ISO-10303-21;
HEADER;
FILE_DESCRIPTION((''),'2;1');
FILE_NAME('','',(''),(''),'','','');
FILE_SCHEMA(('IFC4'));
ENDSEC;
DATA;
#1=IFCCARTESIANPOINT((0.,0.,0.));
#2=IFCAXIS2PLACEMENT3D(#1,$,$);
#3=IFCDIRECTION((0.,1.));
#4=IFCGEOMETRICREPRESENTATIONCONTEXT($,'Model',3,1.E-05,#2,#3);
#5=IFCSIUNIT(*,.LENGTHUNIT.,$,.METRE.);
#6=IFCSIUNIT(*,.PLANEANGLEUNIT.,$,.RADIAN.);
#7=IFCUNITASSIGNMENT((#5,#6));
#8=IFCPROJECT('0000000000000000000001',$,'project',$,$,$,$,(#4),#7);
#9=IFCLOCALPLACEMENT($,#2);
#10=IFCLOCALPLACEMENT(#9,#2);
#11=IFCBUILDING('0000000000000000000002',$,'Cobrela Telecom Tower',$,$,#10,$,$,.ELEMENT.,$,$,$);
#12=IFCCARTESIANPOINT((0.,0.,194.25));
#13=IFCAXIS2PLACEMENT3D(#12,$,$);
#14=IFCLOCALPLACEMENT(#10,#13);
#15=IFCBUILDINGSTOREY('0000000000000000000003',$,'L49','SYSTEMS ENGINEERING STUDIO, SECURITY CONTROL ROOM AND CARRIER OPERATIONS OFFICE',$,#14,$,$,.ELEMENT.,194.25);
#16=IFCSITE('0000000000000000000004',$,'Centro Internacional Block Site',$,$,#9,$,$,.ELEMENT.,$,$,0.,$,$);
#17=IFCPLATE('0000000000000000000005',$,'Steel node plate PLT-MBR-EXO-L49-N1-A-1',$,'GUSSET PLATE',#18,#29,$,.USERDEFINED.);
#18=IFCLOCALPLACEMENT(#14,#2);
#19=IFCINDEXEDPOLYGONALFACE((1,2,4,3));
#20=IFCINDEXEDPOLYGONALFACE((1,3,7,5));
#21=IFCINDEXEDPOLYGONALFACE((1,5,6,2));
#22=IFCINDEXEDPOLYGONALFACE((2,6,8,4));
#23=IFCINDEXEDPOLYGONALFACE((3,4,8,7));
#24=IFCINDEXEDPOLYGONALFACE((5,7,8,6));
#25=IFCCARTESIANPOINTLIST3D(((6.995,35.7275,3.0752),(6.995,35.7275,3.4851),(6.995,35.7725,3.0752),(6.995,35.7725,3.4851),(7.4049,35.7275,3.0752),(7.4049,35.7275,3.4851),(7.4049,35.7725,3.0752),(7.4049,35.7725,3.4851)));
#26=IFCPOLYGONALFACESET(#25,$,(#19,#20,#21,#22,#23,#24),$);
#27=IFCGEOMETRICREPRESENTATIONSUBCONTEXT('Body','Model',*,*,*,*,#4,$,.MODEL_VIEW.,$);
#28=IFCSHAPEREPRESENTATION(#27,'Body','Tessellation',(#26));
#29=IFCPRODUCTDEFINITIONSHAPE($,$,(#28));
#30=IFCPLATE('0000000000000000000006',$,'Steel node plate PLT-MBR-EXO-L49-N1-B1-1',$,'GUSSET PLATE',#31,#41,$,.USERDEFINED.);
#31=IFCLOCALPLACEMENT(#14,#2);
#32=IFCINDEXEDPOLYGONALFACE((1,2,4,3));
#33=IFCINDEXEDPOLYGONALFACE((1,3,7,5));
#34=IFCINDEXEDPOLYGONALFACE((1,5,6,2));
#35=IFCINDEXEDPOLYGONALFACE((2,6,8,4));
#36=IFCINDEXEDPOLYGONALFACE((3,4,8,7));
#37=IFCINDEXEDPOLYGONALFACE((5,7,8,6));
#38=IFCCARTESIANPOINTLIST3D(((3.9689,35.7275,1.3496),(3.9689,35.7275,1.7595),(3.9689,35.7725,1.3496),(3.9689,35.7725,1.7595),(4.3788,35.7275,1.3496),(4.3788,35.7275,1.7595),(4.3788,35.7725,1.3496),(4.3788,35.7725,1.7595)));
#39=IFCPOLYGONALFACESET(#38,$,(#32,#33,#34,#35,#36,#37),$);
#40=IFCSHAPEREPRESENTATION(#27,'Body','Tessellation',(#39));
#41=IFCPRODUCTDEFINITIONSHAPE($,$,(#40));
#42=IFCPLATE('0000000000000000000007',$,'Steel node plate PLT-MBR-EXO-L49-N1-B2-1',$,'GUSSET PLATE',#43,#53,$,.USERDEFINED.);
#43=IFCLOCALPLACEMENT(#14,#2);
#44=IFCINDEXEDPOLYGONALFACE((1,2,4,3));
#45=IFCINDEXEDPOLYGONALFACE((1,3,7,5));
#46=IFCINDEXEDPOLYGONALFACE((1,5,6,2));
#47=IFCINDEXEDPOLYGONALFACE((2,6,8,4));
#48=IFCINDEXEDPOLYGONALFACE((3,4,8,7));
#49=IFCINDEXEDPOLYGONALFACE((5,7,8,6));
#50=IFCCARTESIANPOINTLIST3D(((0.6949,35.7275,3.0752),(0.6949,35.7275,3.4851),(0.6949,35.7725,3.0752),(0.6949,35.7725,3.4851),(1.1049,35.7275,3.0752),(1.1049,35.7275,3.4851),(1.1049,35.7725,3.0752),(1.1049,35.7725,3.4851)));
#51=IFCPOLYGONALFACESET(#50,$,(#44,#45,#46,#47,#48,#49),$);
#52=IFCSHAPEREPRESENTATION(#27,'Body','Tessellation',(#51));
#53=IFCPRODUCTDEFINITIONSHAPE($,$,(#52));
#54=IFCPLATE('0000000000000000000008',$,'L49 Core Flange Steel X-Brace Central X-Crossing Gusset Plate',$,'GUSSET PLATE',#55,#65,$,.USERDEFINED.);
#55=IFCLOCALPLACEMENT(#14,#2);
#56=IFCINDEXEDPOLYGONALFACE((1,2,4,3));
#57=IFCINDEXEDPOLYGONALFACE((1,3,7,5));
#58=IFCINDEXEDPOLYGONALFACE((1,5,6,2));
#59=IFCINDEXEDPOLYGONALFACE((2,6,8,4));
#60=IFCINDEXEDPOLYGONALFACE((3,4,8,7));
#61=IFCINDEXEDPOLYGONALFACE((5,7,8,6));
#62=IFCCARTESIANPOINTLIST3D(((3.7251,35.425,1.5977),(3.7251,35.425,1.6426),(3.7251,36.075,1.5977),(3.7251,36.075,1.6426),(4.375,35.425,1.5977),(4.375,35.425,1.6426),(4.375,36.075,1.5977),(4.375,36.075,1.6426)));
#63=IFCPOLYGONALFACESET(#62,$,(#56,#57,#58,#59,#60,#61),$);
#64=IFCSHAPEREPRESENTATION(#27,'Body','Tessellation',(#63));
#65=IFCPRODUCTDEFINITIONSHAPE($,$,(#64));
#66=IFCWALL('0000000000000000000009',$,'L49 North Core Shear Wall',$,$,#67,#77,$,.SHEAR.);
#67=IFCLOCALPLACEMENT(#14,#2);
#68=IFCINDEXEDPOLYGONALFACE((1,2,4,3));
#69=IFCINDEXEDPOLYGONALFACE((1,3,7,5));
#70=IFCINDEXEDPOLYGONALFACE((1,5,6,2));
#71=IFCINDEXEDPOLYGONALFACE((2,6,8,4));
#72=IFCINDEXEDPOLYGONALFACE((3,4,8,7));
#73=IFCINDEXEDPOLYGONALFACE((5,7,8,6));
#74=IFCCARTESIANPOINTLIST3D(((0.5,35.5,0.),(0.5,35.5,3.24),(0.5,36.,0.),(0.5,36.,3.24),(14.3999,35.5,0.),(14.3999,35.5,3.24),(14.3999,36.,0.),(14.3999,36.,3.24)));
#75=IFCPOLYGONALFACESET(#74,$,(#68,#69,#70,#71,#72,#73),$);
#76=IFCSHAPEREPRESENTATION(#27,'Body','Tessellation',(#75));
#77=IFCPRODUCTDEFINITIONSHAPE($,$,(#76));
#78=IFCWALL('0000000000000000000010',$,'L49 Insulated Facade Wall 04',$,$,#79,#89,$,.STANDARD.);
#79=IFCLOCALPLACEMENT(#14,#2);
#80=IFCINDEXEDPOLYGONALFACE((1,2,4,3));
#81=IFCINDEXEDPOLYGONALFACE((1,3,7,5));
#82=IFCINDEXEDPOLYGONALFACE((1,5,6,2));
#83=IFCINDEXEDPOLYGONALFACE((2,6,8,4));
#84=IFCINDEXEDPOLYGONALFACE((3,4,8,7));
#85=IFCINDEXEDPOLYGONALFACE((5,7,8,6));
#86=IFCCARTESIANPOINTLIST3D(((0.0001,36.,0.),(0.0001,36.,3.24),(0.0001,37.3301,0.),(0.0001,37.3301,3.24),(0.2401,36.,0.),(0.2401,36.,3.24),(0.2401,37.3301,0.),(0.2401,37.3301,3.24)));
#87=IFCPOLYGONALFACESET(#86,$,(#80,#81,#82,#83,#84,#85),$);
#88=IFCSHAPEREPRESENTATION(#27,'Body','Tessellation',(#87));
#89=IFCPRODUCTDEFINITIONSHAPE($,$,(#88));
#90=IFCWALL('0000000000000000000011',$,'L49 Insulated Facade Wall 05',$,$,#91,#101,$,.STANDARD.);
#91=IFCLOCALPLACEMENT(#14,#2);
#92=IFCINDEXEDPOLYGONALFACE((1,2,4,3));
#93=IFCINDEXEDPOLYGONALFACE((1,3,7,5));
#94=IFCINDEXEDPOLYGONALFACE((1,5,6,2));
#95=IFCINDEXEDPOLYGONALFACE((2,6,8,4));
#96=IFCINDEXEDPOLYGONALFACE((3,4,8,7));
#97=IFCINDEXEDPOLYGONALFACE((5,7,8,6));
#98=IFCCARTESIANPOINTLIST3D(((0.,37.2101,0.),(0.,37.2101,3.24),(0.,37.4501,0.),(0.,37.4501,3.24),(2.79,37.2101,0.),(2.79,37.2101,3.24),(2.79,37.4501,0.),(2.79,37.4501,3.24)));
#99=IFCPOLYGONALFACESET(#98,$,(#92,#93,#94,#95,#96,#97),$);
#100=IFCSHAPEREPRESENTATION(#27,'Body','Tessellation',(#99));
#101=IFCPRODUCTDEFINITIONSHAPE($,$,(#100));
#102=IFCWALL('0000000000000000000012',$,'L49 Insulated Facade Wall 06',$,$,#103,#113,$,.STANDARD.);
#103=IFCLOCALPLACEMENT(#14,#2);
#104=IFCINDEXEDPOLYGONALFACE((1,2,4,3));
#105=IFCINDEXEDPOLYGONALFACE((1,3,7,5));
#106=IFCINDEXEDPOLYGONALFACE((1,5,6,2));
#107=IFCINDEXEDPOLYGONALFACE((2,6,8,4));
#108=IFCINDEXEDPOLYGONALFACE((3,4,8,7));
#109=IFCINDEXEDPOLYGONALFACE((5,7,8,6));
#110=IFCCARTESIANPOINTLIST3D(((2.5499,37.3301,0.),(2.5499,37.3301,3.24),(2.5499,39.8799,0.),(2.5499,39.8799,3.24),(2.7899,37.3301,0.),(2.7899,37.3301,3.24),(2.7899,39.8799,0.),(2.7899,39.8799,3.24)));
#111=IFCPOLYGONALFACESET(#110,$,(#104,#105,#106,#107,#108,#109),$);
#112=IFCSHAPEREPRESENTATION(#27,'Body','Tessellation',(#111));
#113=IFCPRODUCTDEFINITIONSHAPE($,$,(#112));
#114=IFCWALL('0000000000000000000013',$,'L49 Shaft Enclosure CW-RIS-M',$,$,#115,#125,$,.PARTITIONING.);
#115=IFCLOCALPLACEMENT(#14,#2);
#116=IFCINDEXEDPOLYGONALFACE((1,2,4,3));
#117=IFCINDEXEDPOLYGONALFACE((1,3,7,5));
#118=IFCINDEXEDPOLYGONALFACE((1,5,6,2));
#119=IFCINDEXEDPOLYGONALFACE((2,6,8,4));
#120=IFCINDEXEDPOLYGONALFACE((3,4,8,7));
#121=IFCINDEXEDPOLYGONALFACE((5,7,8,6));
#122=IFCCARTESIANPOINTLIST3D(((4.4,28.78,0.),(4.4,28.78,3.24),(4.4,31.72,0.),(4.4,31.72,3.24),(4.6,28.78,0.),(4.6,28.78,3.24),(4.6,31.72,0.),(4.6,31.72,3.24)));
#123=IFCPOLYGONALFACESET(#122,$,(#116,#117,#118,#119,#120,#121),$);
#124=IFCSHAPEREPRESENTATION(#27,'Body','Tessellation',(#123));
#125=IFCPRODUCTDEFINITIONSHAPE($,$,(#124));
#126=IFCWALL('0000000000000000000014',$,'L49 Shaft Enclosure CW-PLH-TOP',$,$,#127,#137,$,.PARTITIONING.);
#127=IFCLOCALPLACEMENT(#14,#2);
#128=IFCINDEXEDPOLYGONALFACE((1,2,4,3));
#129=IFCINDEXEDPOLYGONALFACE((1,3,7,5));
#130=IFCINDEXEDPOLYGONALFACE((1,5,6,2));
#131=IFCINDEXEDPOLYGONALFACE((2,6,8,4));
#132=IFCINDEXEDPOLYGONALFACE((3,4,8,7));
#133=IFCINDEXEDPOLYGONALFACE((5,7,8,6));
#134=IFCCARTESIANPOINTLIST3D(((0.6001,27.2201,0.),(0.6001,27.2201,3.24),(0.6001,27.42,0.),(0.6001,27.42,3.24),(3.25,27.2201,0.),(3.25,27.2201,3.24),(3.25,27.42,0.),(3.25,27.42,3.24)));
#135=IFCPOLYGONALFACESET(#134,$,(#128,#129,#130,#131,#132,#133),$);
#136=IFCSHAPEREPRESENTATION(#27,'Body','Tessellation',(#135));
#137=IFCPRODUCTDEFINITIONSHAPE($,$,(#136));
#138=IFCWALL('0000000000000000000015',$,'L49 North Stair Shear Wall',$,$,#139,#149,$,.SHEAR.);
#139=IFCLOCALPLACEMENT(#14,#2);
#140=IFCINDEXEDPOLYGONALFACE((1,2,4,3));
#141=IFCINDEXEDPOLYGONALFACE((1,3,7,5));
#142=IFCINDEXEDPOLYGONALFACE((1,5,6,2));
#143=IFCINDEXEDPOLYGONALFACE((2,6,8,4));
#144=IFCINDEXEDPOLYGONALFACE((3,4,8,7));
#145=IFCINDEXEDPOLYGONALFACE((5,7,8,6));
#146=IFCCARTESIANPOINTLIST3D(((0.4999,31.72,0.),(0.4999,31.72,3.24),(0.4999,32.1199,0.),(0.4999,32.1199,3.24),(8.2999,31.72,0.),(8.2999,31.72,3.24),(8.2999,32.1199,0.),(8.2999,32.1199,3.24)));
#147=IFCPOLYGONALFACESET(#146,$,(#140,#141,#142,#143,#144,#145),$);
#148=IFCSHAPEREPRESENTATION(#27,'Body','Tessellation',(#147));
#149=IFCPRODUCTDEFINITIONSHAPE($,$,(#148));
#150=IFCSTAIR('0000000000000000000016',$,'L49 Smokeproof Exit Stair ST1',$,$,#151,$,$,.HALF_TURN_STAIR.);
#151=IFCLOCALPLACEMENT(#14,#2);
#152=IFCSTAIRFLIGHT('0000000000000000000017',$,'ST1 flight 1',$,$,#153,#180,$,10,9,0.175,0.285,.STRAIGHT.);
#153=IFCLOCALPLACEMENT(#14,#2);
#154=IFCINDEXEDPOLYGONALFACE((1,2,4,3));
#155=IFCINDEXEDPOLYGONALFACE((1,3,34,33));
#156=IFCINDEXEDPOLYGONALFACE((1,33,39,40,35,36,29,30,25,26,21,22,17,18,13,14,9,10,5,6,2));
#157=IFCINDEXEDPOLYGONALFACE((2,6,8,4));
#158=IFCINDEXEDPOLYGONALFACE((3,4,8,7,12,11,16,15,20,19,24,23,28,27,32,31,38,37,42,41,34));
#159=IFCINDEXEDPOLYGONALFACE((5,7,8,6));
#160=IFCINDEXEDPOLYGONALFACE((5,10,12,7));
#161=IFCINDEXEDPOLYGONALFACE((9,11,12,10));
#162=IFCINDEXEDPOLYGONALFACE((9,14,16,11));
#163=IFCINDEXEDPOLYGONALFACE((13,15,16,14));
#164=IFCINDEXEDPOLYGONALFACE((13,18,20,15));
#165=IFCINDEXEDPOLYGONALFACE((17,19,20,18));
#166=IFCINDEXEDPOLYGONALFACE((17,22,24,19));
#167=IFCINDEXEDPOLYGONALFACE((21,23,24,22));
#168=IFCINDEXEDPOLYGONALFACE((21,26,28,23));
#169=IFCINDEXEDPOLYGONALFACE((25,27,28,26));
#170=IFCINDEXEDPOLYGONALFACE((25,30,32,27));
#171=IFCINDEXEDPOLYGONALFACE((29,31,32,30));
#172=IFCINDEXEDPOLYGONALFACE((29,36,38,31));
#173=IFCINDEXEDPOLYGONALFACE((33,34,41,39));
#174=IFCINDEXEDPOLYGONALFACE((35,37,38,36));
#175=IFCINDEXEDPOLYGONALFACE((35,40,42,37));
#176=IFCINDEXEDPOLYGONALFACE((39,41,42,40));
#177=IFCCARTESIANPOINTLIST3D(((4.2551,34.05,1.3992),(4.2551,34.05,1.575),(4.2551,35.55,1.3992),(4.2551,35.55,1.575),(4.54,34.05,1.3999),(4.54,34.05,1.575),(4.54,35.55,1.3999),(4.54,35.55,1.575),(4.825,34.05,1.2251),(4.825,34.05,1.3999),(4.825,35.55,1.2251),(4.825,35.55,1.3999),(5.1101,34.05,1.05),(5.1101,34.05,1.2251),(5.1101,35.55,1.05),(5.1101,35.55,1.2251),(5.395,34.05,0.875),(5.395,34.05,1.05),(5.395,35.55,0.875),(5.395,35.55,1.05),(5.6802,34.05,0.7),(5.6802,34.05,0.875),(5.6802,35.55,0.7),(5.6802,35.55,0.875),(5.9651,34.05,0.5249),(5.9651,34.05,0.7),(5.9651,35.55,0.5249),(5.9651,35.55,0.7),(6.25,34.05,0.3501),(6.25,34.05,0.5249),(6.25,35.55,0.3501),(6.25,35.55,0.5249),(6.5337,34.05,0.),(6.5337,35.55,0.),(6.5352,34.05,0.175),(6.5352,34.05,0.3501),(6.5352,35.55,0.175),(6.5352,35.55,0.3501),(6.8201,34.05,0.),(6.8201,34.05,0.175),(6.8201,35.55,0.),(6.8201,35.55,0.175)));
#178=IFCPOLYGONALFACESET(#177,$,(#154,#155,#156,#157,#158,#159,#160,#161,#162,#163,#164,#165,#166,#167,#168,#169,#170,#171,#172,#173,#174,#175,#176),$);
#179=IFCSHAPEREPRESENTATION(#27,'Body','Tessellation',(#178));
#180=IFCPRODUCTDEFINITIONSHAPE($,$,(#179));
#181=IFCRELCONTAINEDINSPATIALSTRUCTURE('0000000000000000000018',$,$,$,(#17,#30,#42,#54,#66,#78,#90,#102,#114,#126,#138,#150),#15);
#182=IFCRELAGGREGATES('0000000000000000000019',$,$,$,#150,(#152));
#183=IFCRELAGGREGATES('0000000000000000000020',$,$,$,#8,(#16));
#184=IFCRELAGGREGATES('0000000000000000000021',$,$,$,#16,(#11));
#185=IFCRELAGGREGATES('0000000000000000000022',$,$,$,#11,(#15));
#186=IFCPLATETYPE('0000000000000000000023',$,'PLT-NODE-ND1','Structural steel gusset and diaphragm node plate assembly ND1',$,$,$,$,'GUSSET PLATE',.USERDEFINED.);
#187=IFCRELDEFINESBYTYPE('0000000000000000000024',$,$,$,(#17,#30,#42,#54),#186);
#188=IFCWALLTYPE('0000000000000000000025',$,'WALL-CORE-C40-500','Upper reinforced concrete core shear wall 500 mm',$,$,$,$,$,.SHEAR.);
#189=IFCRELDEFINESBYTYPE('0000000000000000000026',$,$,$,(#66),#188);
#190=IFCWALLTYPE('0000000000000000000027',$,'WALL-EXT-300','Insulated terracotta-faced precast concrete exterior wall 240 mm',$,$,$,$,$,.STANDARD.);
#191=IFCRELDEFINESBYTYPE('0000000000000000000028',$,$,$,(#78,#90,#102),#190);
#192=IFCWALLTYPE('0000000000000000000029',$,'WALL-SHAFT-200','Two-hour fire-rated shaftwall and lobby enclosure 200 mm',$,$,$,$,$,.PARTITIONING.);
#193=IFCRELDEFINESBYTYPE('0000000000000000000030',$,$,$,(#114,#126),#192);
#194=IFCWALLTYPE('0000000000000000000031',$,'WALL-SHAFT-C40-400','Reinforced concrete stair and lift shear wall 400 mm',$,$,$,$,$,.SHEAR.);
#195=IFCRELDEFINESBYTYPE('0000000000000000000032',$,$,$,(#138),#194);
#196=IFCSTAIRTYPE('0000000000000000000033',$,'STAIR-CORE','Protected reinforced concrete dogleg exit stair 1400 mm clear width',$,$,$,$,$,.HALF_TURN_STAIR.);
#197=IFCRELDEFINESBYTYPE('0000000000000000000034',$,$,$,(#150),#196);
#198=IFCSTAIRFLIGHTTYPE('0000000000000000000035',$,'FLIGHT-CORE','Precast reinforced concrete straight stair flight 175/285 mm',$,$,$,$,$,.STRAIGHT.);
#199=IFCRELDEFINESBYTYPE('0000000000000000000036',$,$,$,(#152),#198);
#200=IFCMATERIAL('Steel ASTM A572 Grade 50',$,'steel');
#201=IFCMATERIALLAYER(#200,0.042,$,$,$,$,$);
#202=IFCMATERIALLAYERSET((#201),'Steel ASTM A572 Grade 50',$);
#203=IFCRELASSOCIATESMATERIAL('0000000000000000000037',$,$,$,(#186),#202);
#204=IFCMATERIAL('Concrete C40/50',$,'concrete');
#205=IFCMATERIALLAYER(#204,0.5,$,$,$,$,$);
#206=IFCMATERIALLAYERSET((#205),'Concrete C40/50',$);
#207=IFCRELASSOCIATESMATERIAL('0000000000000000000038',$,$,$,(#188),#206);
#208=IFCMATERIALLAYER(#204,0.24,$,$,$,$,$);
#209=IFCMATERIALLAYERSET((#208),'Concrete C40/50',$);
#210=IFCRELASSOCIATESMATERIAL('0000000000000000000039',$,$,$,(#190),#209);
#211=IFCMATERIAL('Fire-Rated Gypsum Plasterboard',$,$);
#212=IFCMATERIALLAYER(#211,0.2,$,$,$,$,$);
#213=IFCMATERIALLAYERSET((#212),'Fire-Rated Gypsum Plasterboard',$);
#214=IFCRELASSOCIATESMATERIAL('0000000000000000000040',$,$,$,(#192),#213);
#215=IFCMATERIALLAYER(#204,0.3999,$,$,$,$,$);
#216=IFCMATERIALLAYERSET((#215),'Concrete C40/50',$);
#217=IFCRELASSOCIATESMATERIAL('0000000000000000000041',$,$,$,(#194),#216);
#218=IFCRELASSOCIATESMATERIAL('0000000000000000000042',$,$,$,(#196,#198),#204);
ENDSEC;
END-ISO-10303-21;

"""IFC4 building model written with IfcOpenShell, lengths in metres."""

from ifc_helpers import new_model, si_unit, direction, frame, frame_2d, origin, origin_2d, place, context, subcontext, project, spatial, polyline, rectangle, outline, extrude, material, layer, layer_set, type_object, element, aggregate, save


model = new_model("IFC4")

# Units and contexts
model_context = context("Model", 3, precision=1e-05, world=origin(), true_north=direction((0.0, 1.0)))
body_context = subcontext(model_context, "Body", "Model", "MODEL_VIEW")
ifc_project = project(units=[si_unit("LENGTHUNIT", "METRE"), si_unit("PLANEANGLEUNIT", "RADIAN")], contexts=[model_context])

# Site, building, storey
site_placement = place(None, origin())
site = spatial("IfcSite", under=ifc_project, at=site_placement, Name="Centro Internacional Block Site", CompositionType="ELEMENT", RefElevation=0.0)
building_placement = place(site_placement, origin())
building = spatial("IfcBuilding", under=site, at=building_placement, Name="Cobrela Telecom Tower", CompositionType="ELEMENT")
storey_placement = place(building_placement, frame((0.0, 0.0, 194.25)))
storey = spatial("IfcBuildingStorey", under=building, at=storey_placement, Name="L49", Description="SYSTEMS ENGINEERING STUDIO, SECURITY CONTROL ROOM AND CARRIER OPERATIONS OFFICE", CompositionType="ELEMENT", Elevation=194.25)

# Shared definitions
ifc_material_1 = material(Name="Steel ASTM A572 Grade 50", Category="steel")

# Plates
ifc_layer_1 = layer(ifc_material_1, 0.042)
ifc_layer_set_1 = layer_set([ifc_layer_1], Name="Steel ASTM A572 Grade 50")
plate_type_1 = type_object("IfcPlateType", Name="PLT-NODE-ND1", Description="Structural steel gusset and diaphragm node plate assembly ND1", ElementType="GUSSET PLATE", PredefinedType="USERDEFINED", material=ifc_layer_set_1)
for number, where, z_axis, x_axis, name in (
    (1, (7.2, 35.75, 3.0752), (0.0, 0.0, 1.0), (1.0, 0.0, 0.0), "Steel node plate PLT-MBR-EXO-L49-N1-A-1"),
    (2, (4.1738, 35.75, 1.3496), (0.0, 0.0, 1.0), (-1.0, 0.0, 0.0), "Steel node plate PLT-MBR-EXO-L49-N1-B1-1"),
    (3, (0.8999, 35.75, 3.0752), (0.0, 0.0, 1.0), (-1.0, 0.0, 0.0), "Steel node plate PLT-MBR-EXO-L49-N1-B2-1"),
):
    element("IfcPlate", number, at=place(storey_placement, frame(where, z_axis=z_axis, x_axis=x_axis)), inside=storey, type_object=plate_type_1, Name=name, ObjectType="GUSSET PLATE", PredefinedType="USERDEFINED", context=body_context, shape_type="SweptSolid", body=[
        extrude(rectangle(XDim=0.4099, YDim=0.0449, at=origin_2d()), origin(), (0.0, 0.0, 1.0), 0.4099),
    ])
plate_1_placement = place(storey_placement, frame((4.05, 35.75, 1.5977), z_axis=(0.0, 0.0, 1.0), x_axis=(1.0, 0.0, 0.0)))
element("IfcPlate", 4, at=plate_1_placement, inside=storey, type_object=plate_type_1, Name="L49 Core Flange Steel X-Brace Central X-Crossing Gusset Plate", ObjectType="GUSSET PLATE", PredefinedType="USERDEFINED", context=body_context, shape_type="SweptSolid", body=[
    extrude(rectangle(XDim=0.6499, YDim=0.6499, at=origin_2d()), origin(), (0.0, 0.0, 1.0), 0.0449),
])

# Walls
ifc_material_2 = material(Name="Concrete C40/50", Category="concrete")
ifc_layer_2 = layer(ifc_material_2, 0.5)
ifc_layer_set_2 = layer_set([ifc_layer_2], Name="Concrete C40/50")
wall_type_1 = type_object("IfcWallType", Name="WALL-CORE-C40-500", Description="Upper reinforced concrete core shear wall 500 mm", PredefinedType="SHEAR", material=ifc_layer_set_2)
wall_1_placement = place(storey_placement, frame((0.5, 35.75, 0.0), z_axis=(0.0, 0.0, 1.0), x_axis=(1.0, 0.0, 0.0)))
element("IfcWall", 5, at=wall_1_placement, inside=storey, type_object=wall_type_1, Name="L49 North Core Shear Wall", PredefinedType="SHEAR", context=body_context, shape_type="SweptSolid", body=[
    extrude(rectangle(XDim=13.8999, YDim=0.5, at=frame_2d((6.95, 0.0))), origin(), (0.0, 0.0, 1.0), 3.24),
])
ifc_layer_3 = layer(ifc_material_2, 0.24)
ifc_layer_set_3 = layer_set([ifc_layer_3], Name="Concrete C40/50")
wall_type_2 = type_object("IfcWallType", Name="WALL-EXT-300", Description="Insulated terracotta-faced precast concrete exterior wall 240 mm", PredefinedType="STANDARD", material=ifc_layer_set_3)
wall_2_placement = place(storey_placement, frame((0.1201, 36.0, 0.0), z_axis=(0.0, 0.0, 1.0), x_axis=(0.0, 1.0, 0.0)))
element("IfcWall", 6, at=wall_2_placement, inside=storey, type_object=wall_type_2, Name="L49 Insulated Facade Wall 04", PredefinedType="STANDARD", context=body_context, shape_type="SweptSolid", body=[
    extrude(rectangle(XDim=1.3301, YDim=0.24, at=frame_2d((0.665, 0.0))), origin(), (0.0, 0.0, 1.0), 3.24),
])
wall_3_placement = place(storey_placement, frame((0.0, 37.3301, 0.0), z_axis=(0.0, 0.0, 1.0), x_axis=(1.0, 0.0, 0.0)))
element("IfcWall", 7, at=wall_3_placement, inside=storey, type_object=wall_type_2, Name="L49 Insulated Facade Wall 05", PredefinedType="STANDARD", context=body_context, shape_type="SweptSolid", body=[
    extrude(rectangle(XDim=2.79, YDim=0.24, at=frame_2d((1.395, 0.0))), origin(), (0.0, 0.0, 1.0), 3.24),
])
wall_4_placement = place(storey_placement, frame((2.6699, 37.3301, 0.0), z_axis=(0.0, 0.0, 1.0), x_axis=(0.0, 1.0, 0.0)))
element("IfcWall", 8, at=wall_4_placement, inside=storey, type_object=wall_type_2, Name="L49 Insulated Facade Wall 06", PredefinedType="STANDARD", context=body_context, shape_type="SweptSolid", body=[
    extrude(rectangle(XDim=2.5498, YDim=0.24, at=frame_2d((1.2749, 0.0))), origin(), (0.0, 0.0, 1.0), 3.24),
])

# Shared definitions
ifc_material_3 = material(Name="Fire-Rated Gypsum Plasterboard")
ifc_layer_4 = layer(ifc_material_3, 0.2)
ifc_layer_set_4 = layer_set([ifc_layer_4], Name="Fire-Rated Gypsum Plasterboard")
wall_type_3 = type_object("IfcWallType", Name="WALL-SHAFT-200", Description="Two-hour fire-rated shaftwall and lobby enclosure 200 mm", PredefinedType="PARTITIONING", material=ifc_layer_set_4)

# Walls
wall_5_placement = place(storey_placement, frame((4.5, 28.78, 0.0), z_axis=(0.0, 0.0, 1.0), x_axis=(0.0, 1.0, 0.0)))
element("IfcWall", 9, at=wall_5_placement, inside=storey, type_object=wall_type_3, Name="L49 Shaft Enclosure CW-RIS-M", PredefinedType="PARTITIONING", context=body_context, shape_type="SweptSolid", body=[
    extrude(rectangle(XDim=2.9399, YDim=0.2, at=frame_2d((1.47, 0.0))), origin(), (0.0, 0.0, 1.0), 3.24),
])
wall_6_placement = place(storey_placement, frame((0.6001, 27.3201, 0.0), z_axis=(0.0, 0.0, 1.0), x_axis=(1.0, 0.0, 0.0)))
element("IfcWall", 10, at=wall_6_placement, inside=storey, type_object=wall_type_3, Name="L49 Shaft Enclosure CW-PLH-TOP", PredefinedType="PARTITIONING", context=body_context, shape_type="SweptSolid", body=[
    extrude(rectangle(XDim=2.6499, YDim=0.2, at=frame_2d((1.325, 0.0))), origin(), (0.0, 0.0, 1.0), 3.24),
])
ifc_layer_5 = layer(ifc_material_2, 0.3999)
ifc_layer_set_5 = layer_set([ifc_layer_5], Name="Concrete C40/50")
wall_type_4 = type_object("IfcWallType", Name="WALL-SHAFT-C40-400", Description="Reinforced concrete stair and lift shear wall 400 mm", PredefinedType="SHEAR", material=ifc_layer_set_5)
wall_7_placement = place(storey_placement, frame((0.5, 31.9199, 0.0), z_axis=(0.0, 0.0, 1.0), x_axis=(1.0, 0.0, 0.0)))
element("IfcWall", 11, at=wall_7_placement, inside=storey, type_object=wall_type_4, Name="L49 North Stair Shear Wall", PredefinedType="SHEAR", context=body_context, shape_type="SweptSolid", body=[
    extrude(rectangle(XDim=7.8, YDim=0.3999, at=frame_2d((3.8999, 0.0))), origin(), (0.0, 0.0, 1.0), 3.24),
])

# Stair, stair flight
stair_type = type_object("IfcStairType", Name="STAIR-CORE", Description="Protected reinforced concrete dogleg exit stair 1400 mm clear width", PredefinedType="HALF_TURN_STAIR", material=ifc_material_2)
stair_placement = place(storey_placement, origin())
stair = element("IfcStair", 12, at=stair_placement, inside=storey, type_object=stair_type, Name="L49 Smokeproof Exit Stair ST1", PredefinedType="HALF_TURN_STAIR")
stair_flight_type = type_object("IfcStairFlightType", Name="FLIGHT-CORE", Description="Precast reinforced concrete straight stair flight 175/285 mm", PredefinedType="STRAIGHT", material=ifc_material_2)
stair_flight_1_placement = place(storey_placement, frame((6.8201, 34.8, 0.0), z_axis=(0.0, 0.0, 1.0), x_axis=(-1.0, 0.0, 0.0)))
stair_flight_1 = element("IfcStairFlight", 13, at=stair_flight_1_placement, type_object=stair_flight_type, Name="ST1 flight 1", NumberOfRisers=10, NumberOfTreads=9, PredefinedType="STRAIGHT", RiserHeight=0.175, TreadLength=0.285, context=body_context, shape_type="SweptSolid", body=[
    extrude(outline(polyline([(0.0, 0.0), (0.0, 0.175), (0.2849, 0.175), (0.2849, 0.3501), (0.5701, 0.3501), (0.5701, 0.5249), (0.855, 0.5249), (0.855, 0.7), (1.1399, 0.7), (1.1399, 0.875), (1.425, 0.875), (1.425, 1.05), (1.71, 1.05), (1.71, 1.2251), (1.9951, 1.2251), (1.9951, 1.3999), (2.28, 1.3999), (2.28, 1.575), (2.5649, 1.575), (2.5649, 1.75), (2.5649, 1.3992), (0.2864, 0.0), (0.0, 0.0)])), frame((0.0, 0.75, 0.0), z_axis=(0.0, -1.0, 0.0), x_axis=(1.0, 0.0, 0.0)), (0.0, 0.0, 1.0), 1.5),
])
aggregate(stair, [stair_flight_1])

save(model, "model.ifc")
